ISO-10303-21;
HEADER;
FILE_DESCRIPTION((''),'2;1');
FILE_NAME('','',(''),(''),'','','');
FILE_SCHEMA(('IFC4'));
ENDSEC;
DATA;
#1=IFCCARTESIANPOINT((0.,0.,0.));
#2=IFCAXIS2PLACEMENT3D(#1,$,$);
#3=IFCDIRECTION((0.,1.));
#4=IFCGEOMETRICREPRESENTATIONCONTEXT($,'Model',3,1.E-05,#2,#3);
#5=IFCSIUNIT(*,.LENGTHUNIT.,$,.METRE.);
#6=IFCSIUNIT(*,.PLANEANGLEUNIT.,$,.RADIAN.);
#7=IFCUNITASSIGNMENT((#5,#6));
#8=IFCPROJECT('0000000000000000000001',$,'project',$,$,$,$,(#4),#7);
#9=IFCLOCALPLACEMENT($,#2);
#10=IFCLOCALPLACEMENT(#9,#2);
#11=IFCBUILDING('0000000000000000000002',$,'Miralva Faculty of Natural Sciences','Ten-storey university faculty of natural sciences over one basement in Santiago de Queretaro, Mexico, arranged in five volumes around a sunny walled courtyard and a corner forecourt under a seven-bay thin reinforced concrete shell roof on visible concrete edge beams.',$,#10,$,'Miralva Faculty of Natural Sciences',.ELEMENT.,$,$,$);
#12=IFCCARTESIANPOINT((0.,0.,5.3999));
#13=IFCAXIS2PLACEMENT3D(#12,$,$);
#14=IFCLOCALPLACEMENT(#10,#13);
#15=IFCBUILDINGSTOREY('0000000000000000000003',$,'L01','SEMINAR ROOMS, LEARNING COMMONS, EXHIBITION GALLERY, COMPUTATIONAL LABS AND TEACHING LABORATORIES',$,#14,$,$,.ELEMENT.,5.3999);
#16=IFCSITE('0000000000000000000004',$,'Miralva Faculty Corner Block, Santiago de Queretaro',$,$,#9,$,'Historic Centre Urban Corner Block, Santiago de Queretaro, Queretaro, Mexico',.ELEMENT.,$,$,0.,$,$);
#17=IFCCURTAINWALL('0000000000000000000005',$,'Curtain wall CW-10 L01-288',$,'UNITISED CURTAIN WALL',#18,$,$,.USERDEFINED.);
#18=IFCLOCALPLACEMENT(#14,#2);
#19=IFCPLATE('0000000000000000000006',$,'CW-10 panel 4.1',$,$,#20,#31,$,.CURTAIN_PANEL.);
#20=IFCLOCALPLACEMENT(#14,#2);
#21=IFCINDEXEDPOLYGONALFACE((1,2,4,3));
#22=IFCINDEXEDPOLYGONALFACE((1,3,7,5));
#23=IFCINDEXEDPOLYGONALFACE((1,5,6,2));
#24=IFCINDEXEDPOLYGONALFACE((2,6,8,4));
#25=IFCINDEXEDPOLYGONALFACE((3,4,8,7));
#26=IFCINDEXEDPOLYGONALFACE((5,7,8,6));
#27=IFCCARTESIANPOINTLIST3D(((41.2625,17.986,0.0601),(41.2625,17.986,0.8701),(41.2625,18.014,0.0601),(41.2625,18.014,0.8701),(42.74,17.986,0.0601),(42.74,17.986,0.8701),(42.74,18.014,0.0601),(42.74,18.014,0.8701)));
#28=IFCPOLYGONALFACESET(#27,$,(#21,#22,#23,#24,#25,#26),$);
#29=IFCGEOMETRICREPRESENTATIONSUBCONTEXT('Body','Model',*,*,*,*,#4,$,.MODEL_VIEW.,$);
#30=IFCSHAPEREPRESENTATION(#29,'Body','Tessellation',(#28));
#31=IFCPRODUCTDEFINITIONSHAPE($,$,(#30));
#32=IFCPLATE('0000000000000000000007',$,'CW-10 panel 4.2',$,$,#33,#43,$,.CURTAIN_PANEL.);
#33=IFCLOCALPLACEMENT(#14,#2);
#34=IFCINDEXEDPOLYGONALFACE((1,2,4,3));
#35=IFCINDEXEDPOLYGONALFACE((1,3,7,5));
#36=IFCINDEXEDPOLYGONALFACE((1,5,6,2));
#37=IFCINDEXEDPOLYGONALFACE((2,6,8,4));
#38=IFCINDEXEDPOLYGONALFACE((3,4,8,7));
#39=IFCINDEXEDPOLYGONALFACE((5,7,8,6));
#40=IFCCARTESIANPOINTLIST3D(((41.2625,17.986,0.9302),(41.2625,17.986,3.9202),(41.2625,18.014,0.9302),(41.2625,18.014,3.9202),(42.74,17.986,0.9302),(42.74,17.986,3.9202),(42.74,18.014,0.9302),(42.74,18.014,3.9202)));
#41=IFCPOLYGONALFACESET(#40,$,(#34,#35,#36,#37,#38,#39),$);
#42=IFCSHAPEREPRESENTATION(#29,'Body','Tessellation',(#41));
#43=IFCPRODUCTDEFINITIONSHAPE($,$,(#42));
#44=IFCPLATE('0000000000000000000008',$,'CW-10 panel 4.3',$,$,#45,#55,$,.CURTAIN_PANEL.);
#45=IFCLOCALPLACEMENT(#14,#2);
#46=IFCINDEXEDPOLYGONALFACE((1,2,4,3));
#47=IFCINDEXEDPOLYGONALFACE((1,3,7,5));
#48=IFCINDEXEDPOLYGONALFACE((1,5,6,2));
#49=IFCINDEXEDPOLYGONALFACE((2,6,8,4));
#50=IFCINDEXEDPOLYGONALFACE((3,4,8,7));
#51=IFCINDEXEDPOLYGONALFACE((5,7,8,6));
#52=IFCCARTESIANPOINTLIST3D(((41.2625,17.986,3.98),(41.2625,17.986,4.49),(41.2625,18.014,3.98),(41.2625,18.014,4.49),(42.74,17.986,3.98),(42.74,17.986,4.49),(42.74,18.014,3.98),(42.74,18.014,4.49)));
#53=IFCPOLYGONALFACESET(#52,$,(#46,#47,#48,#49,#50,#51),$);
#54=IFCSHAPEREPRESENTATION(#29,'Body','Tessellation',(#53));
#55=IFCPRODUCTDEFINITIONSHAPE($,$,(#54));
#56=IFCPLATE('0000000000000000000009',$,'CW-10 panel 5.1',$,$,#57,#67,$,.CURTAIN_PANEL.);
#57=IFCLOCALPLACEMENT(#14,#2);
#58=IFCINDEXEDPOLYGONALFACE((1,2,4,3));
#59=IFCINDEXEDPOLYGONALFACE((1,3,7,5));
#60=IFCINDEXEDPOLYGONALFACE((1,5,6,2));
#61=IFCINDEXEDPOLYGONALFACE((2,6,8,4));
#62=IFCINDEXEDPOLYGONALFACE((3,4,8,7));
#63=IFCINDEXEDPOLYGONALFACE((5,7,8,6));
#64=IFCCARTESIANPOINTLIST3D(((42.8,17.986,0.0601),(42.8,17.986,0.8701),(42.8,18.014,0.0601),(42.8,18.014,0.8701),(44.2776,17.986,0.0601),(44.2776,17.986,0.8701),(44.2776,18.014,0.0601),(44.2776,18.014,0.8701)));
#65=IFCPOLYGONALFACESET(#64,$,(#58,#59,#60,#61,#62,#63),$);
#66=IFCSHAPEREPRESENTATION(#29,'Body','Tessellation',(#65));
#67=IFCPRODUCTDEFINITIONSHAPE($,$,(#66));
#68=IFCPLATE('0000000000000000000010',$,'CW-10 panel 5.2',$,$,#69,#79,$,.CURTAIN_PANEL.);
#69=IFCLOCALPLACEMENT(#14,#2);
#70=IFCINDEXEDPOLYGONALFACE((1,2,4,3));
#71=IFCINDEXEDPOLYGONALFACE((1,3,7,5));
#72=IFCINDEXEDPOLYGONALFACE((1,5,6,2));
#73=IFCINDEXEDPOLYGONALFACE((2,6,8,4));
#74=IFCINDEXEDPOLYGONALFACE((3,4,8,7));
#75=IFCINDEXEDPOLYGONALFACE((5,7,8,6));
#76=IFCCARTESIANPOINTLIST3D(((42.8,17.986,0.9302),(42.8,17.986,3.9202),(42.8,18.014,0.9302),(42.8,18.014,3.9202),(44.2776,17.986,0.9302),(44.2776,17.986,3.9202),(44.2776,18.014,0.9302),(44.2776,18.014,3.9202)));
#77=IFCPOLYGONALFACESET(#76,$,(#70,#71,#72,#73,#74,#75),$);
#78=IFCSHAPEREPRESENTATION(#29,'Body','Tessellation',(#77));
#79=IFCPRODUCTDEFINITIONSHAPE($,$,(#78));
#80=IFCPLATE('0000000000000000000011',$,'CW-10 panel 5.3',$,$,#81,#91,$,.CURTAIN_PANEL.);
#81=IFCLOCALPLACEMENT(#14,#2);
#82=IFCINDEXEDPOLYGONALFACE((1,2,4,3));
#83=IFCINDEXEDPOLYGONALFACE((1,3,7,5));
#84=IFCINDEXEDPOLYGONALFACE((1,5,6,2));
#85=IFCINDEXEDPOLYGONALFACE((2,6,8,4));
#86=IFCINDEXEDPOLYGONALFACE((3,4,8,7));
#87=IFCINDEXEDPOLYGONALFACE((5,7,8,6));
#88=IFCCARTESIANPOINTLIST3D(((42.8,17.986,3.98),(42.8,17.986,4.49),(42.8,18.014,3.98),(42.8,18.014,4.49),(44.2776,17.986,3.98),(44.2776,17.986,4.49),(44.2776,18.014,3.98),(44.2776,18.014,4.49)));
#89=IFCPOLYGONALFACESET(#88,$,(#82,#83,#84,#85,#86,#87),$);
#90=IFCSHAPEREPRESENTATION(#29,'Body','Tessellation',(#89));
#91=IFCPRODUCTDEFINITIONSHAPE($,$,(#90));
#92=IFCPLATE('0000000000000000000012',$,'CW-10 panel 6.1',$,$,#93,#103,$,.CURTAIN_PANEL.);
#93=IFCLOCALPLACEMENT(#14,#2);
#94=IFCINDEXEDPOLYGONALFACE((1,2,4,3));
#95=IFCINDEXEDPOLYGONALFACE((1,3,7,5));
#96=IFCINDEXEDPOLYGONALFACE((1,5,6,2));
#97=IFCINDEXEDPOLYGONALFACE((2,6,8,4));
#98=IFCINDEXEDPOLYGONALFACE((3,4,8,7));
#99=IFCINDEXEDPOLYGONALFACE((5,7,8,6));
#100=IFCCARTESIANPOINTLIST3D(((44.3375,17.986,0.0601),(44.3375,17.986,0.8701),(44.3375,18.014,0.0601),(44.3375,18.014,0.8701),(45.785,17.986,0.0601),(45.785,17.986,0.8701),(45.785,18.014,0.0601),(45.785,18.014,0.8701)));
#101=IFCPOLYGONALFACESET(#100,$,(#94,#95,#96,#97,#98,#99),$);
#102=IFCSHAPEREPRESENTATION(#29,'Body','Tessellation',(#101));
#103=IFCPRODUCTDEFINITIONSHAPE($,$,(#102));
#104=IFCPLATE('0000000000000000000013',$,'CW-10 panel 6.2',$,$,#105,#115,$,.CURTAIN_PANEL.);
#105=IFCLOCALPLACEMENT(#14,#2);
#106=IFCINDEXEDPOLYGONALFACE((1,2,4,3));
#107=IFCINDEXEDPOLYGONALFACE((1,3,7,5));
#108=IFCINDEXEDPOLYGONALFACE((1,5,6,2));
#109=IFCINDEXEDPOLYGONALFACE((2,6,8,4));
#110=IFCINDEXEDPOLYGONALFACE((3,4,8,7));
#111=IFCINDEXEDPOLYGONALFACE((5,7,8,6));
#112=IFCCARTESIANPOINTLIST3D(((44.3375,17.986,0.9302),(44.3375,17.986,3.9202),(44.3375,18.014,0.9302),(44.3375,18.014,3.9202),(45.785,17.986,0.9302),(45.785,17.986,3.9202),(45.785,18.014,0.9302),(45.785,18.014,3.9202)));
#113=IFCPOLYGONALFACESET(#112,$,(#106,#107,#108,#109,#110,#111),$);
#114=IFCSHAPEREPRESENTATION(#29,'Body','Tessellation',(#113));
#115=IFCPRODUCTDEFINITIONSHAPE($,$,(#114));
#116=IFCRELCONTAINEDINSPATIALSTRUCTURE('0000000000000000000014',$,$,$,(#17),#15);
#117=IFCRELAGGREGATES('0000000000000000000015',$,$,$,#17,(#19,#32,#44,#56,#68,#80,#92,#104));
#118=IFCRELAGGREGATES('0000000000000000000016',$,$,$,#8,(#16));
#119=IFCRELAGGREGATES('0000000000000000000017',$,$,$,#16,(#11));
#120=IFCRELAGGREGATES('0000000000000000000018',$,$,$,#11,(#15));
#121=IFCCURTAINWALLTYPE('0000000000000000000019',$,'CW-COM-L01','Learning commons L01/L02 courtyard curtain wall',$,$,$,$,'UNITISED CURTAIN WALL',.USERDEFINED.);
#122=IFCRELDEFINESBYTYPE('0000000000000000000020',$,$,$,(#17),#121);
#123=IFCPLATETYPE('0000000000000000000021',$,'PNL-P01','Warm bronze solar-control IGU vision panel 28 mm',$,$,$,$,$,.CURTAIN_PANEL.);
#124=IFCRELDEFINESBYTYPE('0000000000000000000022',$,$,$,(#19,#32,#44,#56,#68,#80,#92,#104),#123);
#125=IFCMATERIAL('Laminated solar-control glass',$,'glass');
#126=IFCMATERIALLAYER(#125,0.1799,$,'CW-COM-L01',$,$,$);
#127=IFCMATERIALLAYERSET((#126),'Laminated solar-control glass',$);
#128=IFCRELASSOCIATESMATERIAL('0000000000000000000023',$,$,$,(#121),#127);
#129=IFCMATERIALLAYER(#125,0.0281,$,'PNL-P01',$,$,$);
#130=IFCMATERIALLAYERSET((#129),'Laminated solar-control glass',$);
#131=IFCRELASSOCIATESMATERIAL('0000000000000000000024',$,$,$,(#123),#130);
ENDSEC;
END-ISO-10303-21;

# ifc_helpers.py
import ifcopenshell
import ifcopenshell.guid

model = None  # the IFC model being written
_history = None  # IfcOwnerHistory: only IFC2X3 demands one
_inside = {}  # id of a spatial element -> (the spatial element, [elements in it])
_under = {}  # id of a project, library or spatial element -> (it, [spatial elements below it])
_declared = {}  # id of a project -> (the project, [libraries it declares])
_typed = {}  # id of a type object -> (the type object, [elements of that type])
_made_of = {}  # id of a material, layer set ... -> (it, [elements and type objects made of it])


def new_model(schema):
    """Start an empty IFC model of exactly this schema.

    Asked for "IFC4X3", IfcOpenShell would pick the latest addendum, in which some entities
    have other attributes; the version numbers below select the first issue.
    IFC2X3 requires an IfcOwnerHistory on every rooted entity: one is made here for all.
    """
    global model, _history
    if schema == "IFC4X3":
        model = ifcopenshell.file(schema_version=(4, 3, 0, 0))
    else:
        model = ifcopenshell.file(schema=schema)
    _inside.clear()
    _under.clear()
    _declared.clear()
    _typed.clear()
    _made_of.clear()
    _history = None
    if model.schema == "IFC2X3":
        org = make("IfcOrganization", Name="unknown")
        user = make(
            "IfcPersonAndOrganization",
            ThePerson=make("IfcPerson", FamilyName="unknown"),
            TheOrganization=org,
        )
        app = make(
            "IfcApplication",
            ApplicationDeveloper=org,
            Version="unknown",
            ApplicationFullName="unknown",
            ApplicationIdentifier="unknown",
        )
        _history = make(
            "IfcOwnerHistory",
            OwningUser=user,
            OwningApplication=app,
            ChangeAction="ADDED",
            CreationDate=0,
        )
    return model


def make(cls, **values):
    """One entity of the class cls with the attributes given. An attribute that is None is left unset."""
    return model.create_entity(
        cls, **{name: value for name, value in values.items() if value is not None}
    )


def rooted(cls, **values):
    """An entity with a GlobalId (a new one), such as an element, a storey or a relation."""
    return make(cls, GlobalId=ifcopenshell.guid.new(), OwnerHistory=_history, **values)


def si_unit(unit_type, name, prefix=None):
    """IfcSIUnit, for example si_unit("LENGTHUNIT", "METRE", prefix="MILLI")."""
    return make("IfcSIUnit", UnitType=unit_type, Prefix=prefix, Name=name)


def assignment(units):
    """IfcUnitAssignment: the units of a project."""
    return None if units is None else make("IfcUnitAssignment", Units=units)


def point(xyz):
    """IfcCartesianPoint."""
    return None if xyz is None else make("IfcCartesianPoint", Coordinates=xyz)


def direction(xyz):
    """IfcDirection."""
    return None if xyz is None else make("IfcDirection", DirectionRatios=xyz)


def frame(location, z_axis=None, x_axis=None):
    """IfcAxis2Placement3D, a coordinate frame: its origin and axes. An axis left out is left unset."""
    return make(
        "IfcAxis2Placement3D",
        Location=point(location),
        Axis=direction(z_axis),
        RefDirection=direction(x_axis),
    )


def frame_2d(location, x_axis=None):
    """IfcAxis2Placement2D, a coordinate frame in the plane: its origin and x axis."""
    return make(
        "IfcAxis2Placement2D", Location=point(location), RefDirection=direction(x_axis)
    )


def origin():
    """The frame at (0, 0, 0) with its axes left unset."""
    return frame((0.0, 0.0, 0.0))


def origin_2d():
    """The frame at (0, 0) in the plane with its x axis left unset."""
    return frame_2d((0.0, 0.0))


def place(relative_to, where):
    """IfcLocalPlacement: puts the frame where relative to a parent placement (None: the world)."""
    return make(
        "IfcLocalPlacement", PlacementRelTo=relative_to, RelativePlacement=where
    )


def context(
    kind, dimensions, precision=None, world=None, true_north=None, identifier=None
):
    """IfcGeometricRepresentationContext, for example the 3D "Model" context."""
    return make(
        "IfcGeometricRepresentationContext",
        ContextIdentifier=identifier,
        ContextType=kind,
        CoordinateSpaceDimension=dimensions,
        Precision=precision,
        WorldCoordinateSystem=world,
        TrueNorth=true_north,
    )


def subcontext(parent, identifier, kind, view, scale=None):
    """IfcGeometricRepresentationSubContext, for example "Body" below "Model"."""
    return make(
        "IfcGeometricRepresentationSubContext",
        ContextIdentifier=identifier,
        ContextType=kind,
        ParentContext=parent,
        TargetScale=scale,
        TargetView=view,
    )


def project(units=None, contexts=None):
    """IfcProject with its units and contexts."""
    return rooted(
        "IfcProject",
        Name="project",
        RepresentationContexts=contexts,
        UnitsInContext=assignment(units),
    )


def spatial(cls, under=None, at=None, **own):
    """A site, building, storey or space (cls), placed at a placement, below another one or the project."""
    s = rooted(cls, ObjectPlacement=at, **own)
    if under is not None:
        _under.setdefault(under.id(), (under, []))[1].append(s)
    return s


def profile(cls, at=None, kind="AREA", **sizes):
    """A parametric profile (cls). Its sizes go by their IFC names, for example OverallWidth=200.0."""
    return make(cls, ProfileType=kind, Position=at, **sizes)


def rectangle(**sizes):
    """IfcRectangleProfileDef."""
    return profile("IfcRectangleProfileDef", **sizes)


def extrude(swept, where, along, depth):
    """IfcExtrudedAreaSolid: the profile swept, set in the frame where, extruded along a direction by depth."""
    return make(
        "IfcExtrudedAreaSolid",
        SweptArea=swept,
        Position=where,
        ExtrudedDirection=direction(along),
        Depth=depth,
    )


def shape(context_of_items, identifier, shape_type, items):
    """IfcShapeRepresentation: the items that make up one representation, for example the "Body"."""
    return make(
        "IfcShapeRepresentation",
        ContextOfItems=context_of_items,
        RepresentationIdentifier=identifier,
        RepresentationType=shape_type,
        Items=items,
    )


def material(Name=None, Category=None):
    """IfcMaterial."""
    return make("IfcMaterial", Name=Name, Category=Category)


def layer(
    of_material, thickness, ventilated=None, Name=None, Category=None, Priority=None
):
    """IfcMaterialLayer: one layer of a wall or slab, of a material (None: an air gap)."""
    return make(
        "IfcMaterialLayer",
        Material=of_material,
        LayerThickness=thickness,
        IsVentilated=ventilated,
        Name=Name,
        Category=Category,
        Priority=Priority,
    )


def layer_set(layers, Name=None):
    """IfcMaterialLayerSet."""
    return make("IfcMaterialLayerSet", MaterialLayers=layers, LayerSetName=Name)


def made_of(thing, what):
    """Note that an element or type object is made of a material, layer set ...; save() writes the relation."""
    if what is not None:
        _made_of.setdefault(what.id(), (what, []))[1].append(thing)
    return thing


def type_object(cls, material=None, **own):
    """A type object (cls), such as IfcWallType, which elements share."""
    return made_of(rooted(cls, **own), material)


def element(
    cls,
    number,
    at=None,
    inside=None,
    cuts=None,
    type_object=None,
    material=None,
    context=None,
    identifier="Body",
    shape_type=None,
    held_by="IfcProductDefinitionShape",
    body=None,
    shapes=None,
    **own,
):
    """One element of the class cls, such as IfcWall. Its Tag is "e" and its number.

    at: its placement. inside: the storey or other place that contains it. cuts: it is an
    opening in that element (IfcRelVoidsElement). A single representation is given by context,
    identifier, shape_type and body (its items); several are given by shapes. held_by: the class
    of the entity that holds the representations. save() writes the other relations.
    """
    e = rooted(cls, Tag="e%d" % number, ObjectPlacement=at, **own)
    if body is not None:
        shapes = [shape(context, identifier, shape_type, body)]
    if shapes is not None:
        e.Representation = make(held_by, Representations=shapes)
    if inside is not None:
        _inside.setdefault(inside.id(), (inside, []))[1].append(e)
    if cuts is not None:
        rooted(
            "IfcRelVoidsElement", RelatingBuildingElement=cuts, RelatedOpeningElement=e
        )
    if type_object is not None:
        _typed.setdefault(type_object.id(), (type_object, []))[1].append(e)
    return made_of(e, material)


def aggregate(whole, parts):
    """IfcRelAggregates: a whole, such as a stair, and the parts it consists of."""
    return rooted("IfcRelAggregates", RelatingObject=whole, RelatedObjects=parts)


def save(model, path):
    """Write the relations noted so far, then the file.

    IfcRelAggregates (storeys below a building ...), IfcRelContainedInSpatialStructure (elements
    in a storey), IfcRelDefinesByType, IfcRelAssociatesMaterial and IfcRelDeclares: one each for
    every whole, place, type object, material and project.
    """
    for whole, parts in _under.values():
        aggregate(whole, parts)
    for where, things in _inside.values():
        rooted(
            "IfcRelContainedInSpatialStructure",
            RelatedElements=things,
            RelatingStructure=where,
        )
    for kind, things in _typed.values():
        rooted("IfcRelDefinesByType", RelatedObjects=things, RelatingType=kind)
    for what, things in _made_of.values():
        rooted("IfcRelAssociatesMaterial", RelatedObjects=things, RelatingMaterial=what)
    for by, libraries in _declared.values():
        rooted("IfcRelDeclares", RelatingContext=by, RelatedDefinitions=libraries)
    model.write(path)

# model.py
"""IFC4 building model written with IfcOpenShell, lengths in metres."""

from ifc_helpers import new_model, si_unit, direction, frame, origin, origin_2d, place, context, subcontext, project, spatial, rectangle, extrude, material, layer, layer_set, type_object, element, aggregate, save


model = new_model("IFC4")

# Units and contexts
model_context = context("Model", 3, precision=1e-05, world=origin(), true_north=direction((0.0, 1.0)))
body_context = subcontext(model_context, "Body", "Model", "MODEL_VIEW")
ifc_project = project(units=[si_unit("LENGTHUNIT", "METRE"), si_unit("PLANEANGLEUNIT", "RADIAN")], contexts=[model_context])

# Site, building, storey
site_placement = place(None, origin())
site = spatial("IfcSite", under=ifc_project, at=site_placement, Name="Miralva Faculty Corner Block, Santiago de Queretaro", LongName="Historic Centre Urban Corner Block, Santiago de Queretaro, Queretaro, Mexico", CompositionType="ELEMENT", RefElevation=0.0)
building_placement = place(site_placement, origin())
building = spatial("IfcBuilding", under=site, at=building_placement, Name="Miralva Faculty of Natural Sciences", Description="Ten-storey university faculty of natural sciences over one basement in Santiago de Queretaro, Mexico, arranged in five volumes around a sunny walled courtyard and a corner forecourt under a seven-bay thin reinforced concrete shell roof on visible concrete edge beams.", LongName="Miralva Faculty of Natural Sciences", CompositionType="ELEMENT")
storey_placement = place(building_placement, frame((0.0, 0.0, 5.3999)))
storey = spatial("IfcBuildingStorey", under=building, at=storey_placement, Name="L01", Description="SEMINAR ROOMS, LEARNING COMMONS, EXHIBITION GALLERY, COMPUTATIONAL LABS AND TEACHING LABORATORIES", CompositionType="ELEMENT", Elevation=5.3999)

# Curtain wall, plates
ifc_material_1 = material(Name="Laminated solar-control glass", Category="glass")
ifc_layer_1 = layer(ifc_material_1, 0.1799, Name="CW-COM-L01")
ifc_layer_set_1 = layer_set([ifc_layer_1], Name="Laminated solar-control glass")
curtain_wall_type = type_object("IfcCurtainWallType", Name="CW-COM-L01", Description="Learning commons L01/L02 courtyard curtain wall", ElementType="UNITISED CURTAIN WALL", PredefinedType="USERDEFINED", material=ifc_layer_set_1)
curtain_wall_placement = place(storey_placement, origin())
curtain_wall = element("IfcCurtainWall", 1, at=curtain_wall_placement, inside=storey, type_object=curtain_wall_type, Name="Curtain wall CW-10 L01-288", ObjectType="UNITISED CURTAIN WALL", PredefinedType="USERDEFINED")
ifc_layer_2 = layer(ifc_material_1, 0.0281, Name="PNL-P01")
ifc_layer_set_2 = layer_set([ifc_layer_2], Name="Laminated solar-control glass")
plate_type = type_object("IfcPlateType", Name="PNL-P01", Description="Warm bronze solar-control IGU vision panel 28 mm", PredefinedType="CURTAIN_PANEL", material=ifc_layer_set_2)
plate_1_placement = place(storey_placement, frame((42.0012, 18.0, 0.0601), z_axis=(0.0, 0.0, 1.0), x_axis=(1.0, 0.0, 0.0)))
plate_1 = element("IfcPlate", 2, at=plate_1_placement, type_object=plate_type, Name="CW-10 panel 4.1", PredefinedType="CURTAIN_PANEL", context=body_context, shape_type="SweptSolid", body=[
    extrude(rectangle(XDim=1.4775, YDim=0.0281, at=origin_2d()), origin(), (0.0, 0.0, 1.0), 0.8101),
])
plate_2_placement = place(storey_placement, frame((42.0012, 18.0, 0.9302), z_axis=(0.0, 0.0, 1.0), x_axis=(1.0, 0.0, 0.0)))
plate_2 = element("IfcPlate", 3, at=plate_2_placement, type_object=plate_type, Name="CW-10 panel 4.2", PredefinedType="CURTAIN_PANEL", context=body_context, shape_type="SweptSolid", body=[
    extrude(rectangle(XDim=1.4775, YDim=0.0281, at=origin_2d()), origin(), (0.0, 0.0, 1.0), 2.99),
])
plate_3_placement = place(storey_placement, frame((42.0012, 18.0, 3.98), z_axis=(0.0, 0.0, 1.0), x_axis=(1.0, 0.0, 0.0)))
plate_3 = element("IfcPlate", 4, at=plate_3_placement, type_object=plate_type, Name="CW-10 panel 4.3", PredefinedType="CURTAIN_PANEL", context=body_context, shape_type="SweptSolid", body=[
    extrude(rectangle(XDim=1.4775, YDim=0.0281, at=origin_2d()), origin(), (0.0, 0.0, 1.0), 0.51),
])
plate_4_placement = place(storey_placement, frame((43.5388, 18.0, 0.0601), z_axis=(0.0, 0.0, 1.0), x_axis=(1.0, 0.0, 0.0)))
plate_4 = element("IfcPlate", 5, at=plate_4_placement, type_object=plate_type, Name="CW-10 panel 5.1", PredefinedType="CURTAIN_PANEL", context=body_context, shape_type="SweptSolid", body=[
    extrude(rectangle(XDim=1.4775, YDim=0.0281, at=origin_2d()), origin(), (0.0, 0.0, 1.0), 0.8101),
])
plate_5_placement = place(storey_placement, frame((43.5388, 18.0, 0.9302), z_axis=(0.0, 0.0, 1.0), x_axis=(1.0, 0.0, 0.0)))
plate_5 = element("IfcPlate", 6, at=plate_5_placement, type_object=plate_type, Name="CW-10 panel 5.2", PredefinedType="CURTAIN_PANEL", context=body_context, shape_type="SweptSolid", body=[
    extrude(rectangle(XDim=1.4775, YDim=0.0281, at=origin_2d()), origin(), (0.0, 0.0, 1.0), 2.99),
])
plate_6_placement = place(storey_placement, frame((43.5388, 18.0, 3.98), z_axis=(0.0, 0.0, 1.0), x_axis=(1.0, 0.0, 0.0)))
plate_6 = element("IfcPlate", 7, at=plate_6_placement, type_object=plate_type, Name="CW-10 panel 5.3", PredefinedType="CURTAIN_PANEL", context=body_context, shape_type="SweptSolid", body=[
    extrude(rectangle(XDim=1.4775, YDim=0.0281, at=origin_2d()), origin(), (0.0, 0.0, 1.0), 0.51),
])
plate_7_placement = place(storey_placement, frame((45.0613, 18.0, 0.0601), z_axis=(0.0, 0.0, 1.0), x_axis=(1.0, 0.0, 0.0)))
plate_7 = element("IfcPlate", 8, at=plate_7_placement, type_object=plate_type, Name="CW-10 panel 6.1", PredefinedType="CURTAIN_PANEL", context=body_context, shape_type="SweptSolid", body=[
    extrude(rectangle(XDim=1.4475, YDim=0.0281, at=origin_2d()), origin(), (0.0, 0.0, 1.0), 0.8101),
])
plate_8_placement = place(storey_placement, frame((45.0613, 18.0, 0.9302), z_axis=(0.0, 0.0, 1.0), x_axis=(1.0, 0.0, 0.0)))
plate_8 = element("IfcPlate", 9, at=plate_8_placement, type_object=plate_type, Name="CW-10 panel 6.2", PredefinedType="CURTAIN_PANEL", context=body_context, shape_type="SweptSolid", body=[
    extrude(rectangle(XDim=1.4475, YDim=0.0281, at=origin_2d()), origin(), (0.0, 0.0, 1.0), 2.99),
])
aggregate(curtain_wall, [plate_1, plate_2, plate_3, plate_4, plate_5, plate_6, plate_7, plate_8])

save(model, "model.ifc")
